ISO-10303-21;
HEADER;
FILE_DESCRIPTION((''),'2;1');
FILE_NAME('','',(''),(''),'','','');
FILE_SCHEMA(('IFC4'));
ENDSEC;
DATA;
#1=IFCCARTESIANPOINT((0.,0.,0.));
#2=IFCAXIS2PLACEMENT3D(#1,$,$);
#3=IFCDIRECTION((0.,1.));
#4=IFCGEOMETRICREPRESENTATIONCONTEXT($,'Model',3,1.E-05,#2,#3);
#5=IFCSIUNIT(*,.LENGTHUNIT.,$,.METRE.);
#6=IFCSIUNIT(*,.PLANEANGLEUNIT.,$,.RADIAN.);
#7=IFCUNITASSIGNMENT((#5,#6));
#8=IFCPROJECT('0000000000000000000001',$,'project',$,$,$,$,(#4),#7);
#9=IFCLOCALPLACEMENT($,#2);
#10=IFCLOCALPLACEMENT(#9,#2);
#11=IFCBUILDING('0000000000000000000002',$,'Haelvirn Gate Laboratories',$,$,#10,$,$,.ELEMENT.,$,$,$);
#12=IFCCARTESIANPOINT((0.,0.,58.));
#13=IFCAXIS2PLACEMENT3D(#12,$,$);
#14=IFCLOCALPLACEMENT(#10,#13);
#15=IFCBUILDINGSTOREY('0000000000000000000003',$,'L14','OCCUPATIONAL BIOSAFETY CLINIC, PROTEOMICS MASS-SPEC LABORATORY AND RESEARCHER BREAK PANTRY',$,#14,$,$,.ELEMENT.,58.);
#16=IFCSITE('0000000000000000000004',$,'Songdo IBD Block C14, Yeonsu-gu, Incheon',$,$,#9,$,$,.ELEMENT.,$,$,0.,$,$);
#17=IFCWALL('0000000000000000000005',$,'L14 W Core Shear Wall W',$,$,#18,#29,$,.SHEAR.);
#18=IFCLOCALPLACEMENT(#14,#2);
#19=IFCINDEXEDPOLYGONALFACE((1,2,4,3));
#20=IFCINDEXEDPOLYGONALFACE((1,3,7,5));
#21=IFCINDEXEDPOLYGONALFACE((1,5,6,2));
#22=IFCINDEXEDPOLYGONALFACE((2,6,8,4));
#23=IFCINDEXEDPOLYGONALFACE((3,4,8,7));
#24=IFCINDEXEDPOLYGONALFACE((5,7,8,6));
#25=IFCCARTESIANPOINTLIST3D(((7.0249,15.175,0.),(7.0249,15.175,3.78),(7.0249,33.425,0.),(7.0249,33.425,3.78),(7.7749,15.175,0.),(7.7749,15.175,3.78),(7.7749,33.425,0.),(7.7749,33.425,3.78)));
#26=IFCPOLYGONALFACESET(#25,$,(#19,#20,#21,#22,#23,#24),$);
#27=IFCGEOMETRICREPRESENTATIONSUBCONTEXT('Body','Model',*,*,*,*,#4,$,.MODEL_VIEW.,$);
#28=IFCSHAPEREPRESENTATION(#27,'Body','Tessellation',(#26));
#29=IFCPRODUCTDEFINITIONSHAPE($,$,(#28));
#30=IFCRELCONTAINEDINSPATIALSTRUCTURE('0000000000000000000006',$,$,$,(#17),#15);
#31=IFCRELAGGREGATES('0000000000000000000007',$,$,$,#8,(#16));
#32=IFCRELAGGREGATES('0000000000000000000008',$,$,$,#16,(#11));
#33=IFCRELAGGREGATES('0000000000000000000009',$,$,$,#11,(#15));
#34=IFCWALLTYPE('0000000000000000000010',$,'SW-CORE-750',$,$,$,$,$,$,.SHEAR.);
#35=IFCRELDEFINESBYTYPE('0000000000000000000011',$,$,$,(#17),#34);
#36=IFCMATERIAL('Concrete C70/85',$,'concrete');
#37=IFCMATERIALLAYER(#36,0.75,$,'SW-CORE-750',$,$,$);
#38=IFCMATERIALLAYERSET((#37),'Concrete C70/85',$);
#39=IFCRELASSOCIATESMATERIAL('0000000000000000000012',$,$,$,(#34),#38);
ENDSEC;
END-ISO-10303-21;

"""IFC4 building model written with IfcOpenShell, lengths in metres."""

from ifc_helpers import new_model, si_unit, direction, frame, frame_2d, origin, place, context, subcontext, project, spatial, rectangle, extrude, material, layer, layer_set, type_object, element, save


model = new_model("IFC4")

# Units and contexts
model_context = context("Model", 3, precision=1e-05, world=origin(), true_north=direction((0.0, 1.0)))
body_context = subcontext(model_context, "Body", "Model", "MODEL_VIEW")
ifc_project = project(units=[si_unit("LENGTHUNIT", "METRE"), si_unit("PLANEANGLEUNIT", "RADIAN")], contexts=[model_context])

# Site, building, storey
site_placement = place(None, origin())
site = spatial("IfcSite", under=ifc_project, at=site_placement, Name="Songdo IBD Block C14, Yeonsu-gu, Incheon", CompositionType="ELEMENT", RefElevation=0.0)
building_placement = place(site_placement, origin())
building = spatial("IfcBuilding", under=site, at=building_placement, Name="Haelvirn Gate Laboratories", CompositionType="ELEMENT")
storey_placement = place(building_placement, frame((0.0, 0.0, 58.0)))
storey = spatial("IfcBuildingStorey", under=building, at=storey_placement, Name="L14", Description="OCCUPATIONAL BIOSAFETY CLINIC, PROTEOMICS MASS-SPEC LABORATORY AND RESEARCHER BREAK PANTRY", CompositionType="ELEMENT", Elevation=58.0)

# Shared definitions
ifc_material_1 = material(Name="Concrete C70/85", Category="concrete")

# Wall
ifc_layer_1 = layer(ifc_material_1, 0.75, Name="SW-CORE-750")
ifc_layer_set_1 = layer_set([ifc_layer_1], Name="Concrete C70/85")
wall_type_1 = type_object("IfcWallType", Name="SW-CORE-750", PredefinedType="SHEAR", material=ifc_layer_set_1)
wall_1_placement = place(storey_placement, frame((7.3999, 15.175, 0.0), z_axis=(0.0, 0.0, 1.0), x_axis=(0.0, 1.0, 0.0)))
element("IfcWall", 1, at=wall_1_placement, inside=storey, type_object=wall_type_1, Name="L14 W Core Shear Wall W", PredefinedType="SHEAR", context=body_context, shape_type="SweptSolid", body=[
    extrude(rectangle(XDim=18.25, YDim=0.75, at=frame_2d((9.125, 0.0))), origin(), (0.0, 0.0, 1.0), 3.78),
])

save(model, "model.ifc")
